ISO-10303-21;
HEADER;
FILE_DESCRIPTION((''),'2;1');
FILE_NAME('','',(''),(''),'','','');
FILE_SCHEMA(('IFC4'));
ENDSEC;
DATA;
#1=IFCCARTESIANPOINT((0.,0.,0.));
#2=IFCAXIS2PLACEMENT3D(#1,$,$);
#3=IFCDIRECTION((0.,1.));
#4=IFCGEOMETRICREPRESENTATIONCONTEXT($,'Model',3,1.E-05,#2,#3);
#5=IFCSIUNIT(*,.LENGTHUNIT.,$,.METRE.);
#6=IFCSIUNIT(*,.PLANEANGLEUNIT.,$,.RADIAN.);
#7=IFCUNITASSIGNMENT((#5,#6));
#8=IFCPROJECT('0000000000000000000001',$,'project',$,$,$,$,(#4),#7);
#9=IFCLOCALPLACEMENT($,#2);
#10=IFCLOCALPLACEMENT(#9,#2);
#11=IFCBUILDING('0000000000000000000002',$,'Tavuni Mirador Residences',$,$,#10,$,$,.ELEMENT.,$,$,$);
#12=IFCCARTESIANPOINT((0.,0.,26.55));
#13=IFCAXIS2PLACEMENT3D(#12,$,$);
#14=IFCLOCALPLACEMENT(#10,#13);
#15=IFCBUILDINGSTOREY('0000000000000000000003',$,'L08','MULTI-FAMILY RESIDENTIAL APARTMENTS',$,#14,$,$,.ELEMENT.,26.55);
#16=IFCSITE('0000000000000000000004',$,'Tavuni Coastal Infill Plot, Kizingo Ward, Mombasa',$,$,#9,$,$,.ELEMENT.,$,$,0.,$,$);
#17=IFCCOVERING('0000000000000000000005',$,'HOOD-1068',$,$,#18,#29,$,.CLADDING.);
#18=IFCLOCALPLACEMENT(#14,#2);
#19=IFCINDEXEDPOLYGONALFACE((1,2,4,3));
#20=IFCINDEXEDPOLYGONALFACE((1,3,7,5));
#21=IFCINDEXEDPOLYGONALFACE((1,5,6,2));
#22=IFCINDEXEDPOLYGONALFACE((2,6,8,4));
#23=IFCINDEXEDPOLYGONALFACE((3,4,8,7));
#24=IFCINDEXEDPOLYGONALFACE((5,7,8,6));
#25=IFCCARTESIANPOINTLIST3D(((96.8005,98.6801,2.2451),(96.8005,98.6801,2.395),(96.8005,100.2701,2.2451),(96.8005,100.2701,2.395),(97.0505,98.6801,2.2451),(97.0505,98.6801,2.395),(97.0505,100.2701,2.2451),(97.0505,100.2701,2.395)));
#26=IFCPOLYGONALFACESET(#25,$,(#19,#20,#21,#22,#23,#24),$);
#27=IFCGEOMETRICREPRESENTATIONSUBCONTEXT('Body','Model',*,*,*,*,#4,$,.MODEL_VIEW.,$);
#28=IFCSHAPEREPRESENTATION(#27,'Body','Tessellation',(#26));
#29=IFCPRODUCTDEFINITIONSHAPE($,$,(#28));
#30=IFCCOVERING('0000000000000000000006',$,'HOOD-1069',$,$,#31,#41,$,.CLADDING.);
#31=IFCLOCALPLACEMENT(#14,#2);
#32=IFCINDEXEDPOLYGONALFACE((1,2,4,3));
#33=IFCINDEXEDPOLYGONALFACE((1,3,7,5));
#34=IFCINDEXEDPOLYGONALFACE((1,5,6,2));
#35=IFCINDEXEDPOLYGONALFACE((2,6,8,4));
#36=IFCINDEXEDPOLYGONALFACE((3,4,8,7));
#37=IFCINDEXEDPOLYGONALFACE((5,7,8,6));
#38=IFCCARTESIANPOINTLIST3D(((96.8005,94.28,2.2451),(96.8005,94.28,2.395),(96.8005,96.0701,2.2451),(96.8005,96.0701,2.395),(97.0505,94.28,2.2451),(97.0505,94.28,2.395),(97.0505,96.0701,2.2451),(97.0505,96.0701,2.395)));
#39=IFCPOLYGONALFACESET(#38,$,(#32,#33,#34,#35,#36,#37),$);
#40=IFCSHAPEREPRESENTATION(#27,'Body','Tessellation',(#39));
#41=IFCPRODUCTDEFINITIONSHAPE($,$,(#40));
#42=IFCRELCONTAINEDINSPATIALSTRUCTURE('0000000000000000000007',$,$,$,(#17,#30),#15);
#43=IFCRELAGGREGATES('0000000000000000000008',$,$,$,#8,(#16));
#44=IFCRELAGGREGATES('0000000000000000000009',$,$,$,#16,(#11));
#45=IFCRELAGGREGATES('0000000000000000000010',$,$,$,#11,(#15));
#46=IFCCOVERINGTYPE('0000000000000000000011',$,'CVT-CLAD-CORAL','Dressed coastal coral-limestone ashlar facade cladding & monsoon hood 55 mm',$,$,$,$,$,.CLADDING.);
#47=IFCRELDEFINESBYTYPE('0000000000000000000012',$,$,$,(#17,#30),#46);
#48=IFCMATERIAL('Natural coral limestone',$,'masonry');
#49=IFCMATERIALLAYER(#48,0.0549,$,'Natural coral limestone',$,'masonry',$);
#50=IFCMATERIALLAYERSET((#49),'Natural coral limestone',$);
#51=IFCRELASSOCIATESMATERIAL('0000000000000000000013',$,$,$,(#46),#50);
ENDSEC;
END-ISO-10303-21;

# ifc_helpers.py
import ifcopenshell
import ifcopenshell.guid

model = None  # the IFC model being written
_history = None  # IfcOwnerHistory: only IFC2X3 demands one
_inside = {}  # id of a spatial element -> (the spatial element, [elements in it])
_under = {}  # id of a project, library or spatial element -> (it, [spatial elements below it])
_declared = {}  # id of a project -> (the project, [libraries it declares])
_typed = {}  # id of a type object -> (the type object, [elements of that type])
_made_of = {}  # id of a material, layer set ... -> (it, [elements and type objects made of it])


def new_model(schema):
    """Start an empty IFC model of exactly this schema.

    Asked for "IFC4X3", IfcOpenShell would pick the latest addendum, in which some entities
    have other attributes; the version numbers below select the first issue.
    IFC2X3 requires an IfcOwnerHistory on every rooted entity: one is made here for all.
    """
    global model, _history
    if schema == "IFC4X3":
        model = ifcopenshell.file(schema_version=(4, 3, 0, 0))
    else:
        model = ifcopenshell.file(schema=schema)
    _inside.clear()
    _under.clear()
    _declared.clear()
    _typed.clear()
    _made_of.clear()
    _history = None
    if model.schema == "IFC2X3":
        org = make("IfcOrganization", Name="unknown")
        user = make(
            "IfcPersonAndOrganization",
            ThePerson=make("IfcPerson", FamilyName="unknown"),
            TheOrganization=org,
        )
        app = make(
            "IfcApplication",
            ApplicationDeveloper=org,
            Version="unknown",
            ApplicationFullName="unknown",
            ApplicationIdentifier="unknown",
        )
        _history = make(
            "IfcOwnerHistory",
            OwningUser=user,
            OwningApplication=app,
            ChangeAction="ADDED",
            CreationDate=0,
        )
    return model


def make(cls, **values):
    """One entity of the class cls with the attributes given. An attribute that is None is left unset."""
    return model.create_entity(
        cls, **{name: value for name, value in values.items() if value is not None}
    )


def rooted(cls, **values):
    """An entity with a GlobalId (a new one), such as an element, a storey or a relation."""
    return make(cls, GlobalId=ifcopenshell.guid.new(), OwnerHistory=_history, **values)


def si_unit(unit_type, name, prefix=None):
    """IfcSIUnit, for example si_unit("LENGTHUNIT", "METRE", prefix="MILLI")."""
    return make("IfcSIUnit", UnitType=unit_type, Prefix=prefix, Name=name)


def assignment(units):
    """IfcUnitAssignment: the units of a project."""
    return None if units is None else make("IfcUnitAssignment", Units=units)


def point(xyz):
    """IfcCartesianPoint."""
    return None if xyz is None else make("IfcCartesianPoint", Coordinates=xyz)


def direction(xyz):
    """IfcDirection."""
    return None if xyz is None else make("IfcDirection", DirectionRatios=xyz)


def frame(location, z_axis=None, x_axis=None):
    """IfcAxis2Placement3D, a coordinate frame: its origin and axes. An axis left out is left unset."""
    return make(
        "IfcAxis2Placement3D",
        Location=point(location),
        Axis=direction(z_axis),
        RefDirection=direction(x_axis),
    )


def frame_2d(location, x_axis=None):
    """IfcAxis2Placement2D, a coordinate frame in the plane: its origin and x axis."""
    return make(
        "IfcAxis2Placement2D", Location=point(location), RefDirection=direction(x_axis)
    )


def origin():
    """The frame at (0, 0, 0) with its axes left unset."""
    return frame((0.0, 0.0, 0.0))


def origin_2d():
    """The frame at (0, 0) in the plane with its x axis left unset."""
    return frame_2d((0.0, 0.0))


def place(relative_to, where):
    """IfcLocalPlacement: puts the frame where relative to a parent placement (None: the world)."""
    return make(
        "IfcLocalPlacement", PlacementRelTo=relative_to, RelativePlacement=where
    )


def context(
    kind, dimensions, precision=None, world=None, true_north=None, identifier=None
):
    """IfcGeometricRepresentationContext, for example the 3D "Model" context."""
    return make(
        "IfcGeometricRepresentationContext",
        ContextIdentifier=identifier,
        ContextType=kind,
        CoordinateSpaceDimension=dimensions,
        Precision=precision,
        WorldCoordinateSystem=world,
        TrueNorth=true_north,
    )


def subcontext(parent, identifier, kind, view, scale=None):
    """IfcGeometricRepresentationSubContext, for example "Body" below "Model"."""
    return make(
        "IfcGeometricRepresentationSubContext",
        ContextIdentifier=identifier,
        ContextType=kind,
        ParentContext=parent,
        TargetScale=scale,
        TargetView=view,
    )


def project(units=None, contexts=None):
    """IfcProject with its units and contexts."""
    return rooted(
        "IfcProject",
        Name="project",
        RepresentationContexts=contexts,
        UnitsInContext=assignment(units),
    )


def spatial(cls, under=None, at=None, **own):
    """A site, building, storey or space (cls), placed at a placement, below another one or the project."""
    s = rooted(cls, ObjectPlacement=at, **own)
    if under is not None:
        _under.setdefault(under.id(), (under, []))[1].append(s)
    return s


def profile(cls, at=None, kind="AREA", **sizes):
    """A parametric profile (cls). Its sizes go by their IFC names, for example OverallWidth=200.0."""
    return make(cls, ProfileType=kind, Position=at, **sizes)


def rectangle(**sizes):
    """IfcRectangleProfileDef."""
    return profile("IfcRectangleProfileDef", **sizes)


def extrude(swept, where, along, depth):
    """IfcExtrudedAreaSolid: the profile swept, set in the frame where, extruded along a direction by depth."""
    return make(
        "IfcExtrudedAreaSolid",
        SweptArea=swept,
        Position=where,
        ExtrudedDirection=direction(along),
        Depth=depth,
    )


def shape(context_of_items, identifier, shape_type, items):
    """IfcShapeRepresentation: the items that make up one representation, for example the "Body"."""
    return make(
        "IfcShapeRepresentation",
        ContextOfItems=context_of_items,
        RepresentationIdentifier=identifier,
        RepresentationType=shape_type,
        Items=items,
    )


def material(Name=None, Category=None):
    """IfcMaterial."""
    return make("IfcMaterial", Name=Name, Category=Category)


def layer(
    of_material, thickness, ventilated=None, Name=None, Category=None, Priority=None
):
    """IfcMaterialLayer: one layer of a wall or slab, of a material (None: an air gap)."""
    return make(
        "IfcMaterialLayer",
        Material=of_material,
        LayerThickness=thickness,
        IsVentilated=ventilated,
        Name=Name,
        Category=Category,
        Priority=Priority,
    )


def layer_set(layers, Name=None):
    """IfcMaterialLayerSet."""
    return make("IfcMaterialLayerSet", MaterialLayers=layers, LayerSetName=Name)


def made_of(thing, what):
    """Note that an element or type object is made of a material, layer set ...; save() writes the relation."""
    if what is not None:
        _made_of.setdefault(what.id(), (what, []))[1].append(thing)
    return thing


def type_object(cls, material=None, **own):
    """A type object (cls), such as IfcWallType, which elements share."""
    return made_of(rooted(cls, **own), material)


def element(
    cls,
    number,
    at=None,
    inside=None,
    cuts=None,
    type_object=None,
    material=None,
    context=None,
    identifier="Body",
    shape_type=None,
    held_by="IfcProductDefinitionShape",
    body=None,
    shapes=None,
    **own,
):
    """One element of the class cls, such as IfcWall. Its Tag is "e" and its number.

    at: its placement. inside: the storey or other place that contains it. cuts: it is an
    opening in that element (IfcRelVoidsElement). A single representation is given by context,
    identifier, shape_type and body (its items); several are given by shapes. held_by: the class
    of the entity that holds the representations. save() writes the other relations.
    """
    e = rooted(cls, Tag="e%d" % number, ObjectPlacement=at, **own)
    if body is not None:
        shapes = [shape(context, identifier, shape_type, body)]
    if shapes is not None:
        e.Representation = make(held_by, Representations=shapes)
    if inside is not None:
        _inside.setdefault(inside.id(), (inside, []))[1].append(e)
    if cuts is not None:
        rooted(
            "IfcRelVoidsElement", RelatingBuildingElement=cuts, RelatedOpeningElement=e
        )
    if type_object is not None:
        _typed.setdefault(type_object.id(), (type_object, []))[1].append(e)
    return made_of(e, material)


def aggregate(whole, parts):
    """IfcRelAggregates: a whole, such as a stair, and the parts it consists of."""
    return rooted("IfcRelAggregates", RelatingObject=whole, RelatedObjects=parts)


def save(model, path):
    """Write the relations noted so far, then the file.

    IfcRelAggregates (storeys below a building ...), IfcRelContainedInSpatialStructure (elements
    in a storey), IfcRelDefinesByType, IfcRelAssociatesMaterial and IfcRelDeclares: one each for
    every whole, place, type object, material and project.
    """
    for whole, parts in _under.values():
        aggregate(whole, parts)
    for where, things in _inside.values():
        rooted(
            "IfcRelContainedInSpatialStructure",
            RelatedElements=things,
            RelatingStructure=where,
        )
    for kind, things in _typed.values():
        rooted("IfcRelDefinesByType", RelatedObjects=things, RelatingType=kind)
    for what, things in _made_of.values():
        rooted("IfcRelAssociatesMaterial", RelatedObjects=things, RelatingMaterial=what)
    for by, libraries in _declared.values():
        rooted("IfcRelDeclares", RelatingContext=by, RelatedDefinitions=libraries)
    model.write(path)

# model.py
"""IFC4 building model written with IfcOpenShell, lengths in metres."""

from ifc_helpers import new_model, si_unit, direction, frame, origin, origin_2d, place, context, subcontext, project, spatial, rectangle, extrude, material, layer, layer_set, type_object, element, save


model = new_model("IFC4")

# Units and contexts
model_context = context("Model", 3, precision=1e-05, world=origin(), true_north=direction((0.0, 1.0)))
body_context = subcontext(model_context, "Body", "Model", "MODEL_VIEW")
ifc_project = project(units=[si_unit("LENGTHUNIT", "METRE"), si_unit("PLANEANGLEUNIT", "RADIAN")], contexts=[model_context])

# Site, building, storey
site_placement = place(None, origin())
site = spatial("IfcSite", under=ifc_project, at=site_placement, Name="Tavuni Coastal Infill Plot, Kizingo Ward, Mombasa", CompositionType="ELEMENT", RefElevation=0.0)
building_placement = place(site_placement, origin())
building = spatial("IfcBuilding", under=site, at=building_placement, Name="Tavuni Mirador Residences", CompositionType="ELEMENT")
storey_placement = place(building_placement, frame((0.0, 0.0, 26.55)))
storey = spatial("IfcBuildingStorey", under=building, at=storey_placement, Name="L08", Description="MULTI-FAMILY RESIDENTIAL APARTMENTS", CompositionType="ELEMENT", Elevation=26.55)

# Coverings
ifc_material_1 = material(Name="Natural coral limestone", Category="masonry")
ifc_layer_1 = layer(ifc_material_1, 0.0549, Name="Natural coral limestone", Category="masonry")
ifc_layer_set_1 = layer_set([ifc_layer_1], Name="Natural coral limestone")
covering_type = type_object("IfcCoveringType", Name="CVT-CLAD-CORAL", Description="Dressed coastal coral-limestone ashlar facade cladding & monsoon hood 55 mm", PredefinedType="CLADDING", material=ifc_layer_set_1)
covering_1_placement = place(storey_placement, frame((96.9255, 99.4751, 2.2451), z_axis=(0.0, 0.0, 1.0), x_axis=(0.0, -1.0, 0.0)))
element("IfcCovering", 1, at=covering_1_placement, inside=storey, type_object=covering_type, Name="HOOD-1068", PredefinedType="CLADDING", context=body_context, shape_type="SweptSolid", body=[
    extrude(rectangle(XDim=1.5901, YDim=0.25, at=origin_2d()), origin(), (0.0, 0.0, 1.0), 0.1499),
])
covering_2_placement = place(storey_placement, frame((96.9255, 95.175, 2.2451), z_axis=(0.0, 0.0, 1.0), x_axis=(0.0, -1.0, 0.0)))
element("IfcCovering", 2, at=covering_2_placement, inside=storey, type_object=covering_type, Name="HOOD-1069", PredefinedType="CLADDING", context=body_context, shape_type="SweptSolid", body=[
    extrude(rectangle(XDim=1.79, YDim=0.25, at=origin_2d()), origin(), (0.0, 0.0, 1.0), 0.1499),
])

save(model, "model.ifc")
